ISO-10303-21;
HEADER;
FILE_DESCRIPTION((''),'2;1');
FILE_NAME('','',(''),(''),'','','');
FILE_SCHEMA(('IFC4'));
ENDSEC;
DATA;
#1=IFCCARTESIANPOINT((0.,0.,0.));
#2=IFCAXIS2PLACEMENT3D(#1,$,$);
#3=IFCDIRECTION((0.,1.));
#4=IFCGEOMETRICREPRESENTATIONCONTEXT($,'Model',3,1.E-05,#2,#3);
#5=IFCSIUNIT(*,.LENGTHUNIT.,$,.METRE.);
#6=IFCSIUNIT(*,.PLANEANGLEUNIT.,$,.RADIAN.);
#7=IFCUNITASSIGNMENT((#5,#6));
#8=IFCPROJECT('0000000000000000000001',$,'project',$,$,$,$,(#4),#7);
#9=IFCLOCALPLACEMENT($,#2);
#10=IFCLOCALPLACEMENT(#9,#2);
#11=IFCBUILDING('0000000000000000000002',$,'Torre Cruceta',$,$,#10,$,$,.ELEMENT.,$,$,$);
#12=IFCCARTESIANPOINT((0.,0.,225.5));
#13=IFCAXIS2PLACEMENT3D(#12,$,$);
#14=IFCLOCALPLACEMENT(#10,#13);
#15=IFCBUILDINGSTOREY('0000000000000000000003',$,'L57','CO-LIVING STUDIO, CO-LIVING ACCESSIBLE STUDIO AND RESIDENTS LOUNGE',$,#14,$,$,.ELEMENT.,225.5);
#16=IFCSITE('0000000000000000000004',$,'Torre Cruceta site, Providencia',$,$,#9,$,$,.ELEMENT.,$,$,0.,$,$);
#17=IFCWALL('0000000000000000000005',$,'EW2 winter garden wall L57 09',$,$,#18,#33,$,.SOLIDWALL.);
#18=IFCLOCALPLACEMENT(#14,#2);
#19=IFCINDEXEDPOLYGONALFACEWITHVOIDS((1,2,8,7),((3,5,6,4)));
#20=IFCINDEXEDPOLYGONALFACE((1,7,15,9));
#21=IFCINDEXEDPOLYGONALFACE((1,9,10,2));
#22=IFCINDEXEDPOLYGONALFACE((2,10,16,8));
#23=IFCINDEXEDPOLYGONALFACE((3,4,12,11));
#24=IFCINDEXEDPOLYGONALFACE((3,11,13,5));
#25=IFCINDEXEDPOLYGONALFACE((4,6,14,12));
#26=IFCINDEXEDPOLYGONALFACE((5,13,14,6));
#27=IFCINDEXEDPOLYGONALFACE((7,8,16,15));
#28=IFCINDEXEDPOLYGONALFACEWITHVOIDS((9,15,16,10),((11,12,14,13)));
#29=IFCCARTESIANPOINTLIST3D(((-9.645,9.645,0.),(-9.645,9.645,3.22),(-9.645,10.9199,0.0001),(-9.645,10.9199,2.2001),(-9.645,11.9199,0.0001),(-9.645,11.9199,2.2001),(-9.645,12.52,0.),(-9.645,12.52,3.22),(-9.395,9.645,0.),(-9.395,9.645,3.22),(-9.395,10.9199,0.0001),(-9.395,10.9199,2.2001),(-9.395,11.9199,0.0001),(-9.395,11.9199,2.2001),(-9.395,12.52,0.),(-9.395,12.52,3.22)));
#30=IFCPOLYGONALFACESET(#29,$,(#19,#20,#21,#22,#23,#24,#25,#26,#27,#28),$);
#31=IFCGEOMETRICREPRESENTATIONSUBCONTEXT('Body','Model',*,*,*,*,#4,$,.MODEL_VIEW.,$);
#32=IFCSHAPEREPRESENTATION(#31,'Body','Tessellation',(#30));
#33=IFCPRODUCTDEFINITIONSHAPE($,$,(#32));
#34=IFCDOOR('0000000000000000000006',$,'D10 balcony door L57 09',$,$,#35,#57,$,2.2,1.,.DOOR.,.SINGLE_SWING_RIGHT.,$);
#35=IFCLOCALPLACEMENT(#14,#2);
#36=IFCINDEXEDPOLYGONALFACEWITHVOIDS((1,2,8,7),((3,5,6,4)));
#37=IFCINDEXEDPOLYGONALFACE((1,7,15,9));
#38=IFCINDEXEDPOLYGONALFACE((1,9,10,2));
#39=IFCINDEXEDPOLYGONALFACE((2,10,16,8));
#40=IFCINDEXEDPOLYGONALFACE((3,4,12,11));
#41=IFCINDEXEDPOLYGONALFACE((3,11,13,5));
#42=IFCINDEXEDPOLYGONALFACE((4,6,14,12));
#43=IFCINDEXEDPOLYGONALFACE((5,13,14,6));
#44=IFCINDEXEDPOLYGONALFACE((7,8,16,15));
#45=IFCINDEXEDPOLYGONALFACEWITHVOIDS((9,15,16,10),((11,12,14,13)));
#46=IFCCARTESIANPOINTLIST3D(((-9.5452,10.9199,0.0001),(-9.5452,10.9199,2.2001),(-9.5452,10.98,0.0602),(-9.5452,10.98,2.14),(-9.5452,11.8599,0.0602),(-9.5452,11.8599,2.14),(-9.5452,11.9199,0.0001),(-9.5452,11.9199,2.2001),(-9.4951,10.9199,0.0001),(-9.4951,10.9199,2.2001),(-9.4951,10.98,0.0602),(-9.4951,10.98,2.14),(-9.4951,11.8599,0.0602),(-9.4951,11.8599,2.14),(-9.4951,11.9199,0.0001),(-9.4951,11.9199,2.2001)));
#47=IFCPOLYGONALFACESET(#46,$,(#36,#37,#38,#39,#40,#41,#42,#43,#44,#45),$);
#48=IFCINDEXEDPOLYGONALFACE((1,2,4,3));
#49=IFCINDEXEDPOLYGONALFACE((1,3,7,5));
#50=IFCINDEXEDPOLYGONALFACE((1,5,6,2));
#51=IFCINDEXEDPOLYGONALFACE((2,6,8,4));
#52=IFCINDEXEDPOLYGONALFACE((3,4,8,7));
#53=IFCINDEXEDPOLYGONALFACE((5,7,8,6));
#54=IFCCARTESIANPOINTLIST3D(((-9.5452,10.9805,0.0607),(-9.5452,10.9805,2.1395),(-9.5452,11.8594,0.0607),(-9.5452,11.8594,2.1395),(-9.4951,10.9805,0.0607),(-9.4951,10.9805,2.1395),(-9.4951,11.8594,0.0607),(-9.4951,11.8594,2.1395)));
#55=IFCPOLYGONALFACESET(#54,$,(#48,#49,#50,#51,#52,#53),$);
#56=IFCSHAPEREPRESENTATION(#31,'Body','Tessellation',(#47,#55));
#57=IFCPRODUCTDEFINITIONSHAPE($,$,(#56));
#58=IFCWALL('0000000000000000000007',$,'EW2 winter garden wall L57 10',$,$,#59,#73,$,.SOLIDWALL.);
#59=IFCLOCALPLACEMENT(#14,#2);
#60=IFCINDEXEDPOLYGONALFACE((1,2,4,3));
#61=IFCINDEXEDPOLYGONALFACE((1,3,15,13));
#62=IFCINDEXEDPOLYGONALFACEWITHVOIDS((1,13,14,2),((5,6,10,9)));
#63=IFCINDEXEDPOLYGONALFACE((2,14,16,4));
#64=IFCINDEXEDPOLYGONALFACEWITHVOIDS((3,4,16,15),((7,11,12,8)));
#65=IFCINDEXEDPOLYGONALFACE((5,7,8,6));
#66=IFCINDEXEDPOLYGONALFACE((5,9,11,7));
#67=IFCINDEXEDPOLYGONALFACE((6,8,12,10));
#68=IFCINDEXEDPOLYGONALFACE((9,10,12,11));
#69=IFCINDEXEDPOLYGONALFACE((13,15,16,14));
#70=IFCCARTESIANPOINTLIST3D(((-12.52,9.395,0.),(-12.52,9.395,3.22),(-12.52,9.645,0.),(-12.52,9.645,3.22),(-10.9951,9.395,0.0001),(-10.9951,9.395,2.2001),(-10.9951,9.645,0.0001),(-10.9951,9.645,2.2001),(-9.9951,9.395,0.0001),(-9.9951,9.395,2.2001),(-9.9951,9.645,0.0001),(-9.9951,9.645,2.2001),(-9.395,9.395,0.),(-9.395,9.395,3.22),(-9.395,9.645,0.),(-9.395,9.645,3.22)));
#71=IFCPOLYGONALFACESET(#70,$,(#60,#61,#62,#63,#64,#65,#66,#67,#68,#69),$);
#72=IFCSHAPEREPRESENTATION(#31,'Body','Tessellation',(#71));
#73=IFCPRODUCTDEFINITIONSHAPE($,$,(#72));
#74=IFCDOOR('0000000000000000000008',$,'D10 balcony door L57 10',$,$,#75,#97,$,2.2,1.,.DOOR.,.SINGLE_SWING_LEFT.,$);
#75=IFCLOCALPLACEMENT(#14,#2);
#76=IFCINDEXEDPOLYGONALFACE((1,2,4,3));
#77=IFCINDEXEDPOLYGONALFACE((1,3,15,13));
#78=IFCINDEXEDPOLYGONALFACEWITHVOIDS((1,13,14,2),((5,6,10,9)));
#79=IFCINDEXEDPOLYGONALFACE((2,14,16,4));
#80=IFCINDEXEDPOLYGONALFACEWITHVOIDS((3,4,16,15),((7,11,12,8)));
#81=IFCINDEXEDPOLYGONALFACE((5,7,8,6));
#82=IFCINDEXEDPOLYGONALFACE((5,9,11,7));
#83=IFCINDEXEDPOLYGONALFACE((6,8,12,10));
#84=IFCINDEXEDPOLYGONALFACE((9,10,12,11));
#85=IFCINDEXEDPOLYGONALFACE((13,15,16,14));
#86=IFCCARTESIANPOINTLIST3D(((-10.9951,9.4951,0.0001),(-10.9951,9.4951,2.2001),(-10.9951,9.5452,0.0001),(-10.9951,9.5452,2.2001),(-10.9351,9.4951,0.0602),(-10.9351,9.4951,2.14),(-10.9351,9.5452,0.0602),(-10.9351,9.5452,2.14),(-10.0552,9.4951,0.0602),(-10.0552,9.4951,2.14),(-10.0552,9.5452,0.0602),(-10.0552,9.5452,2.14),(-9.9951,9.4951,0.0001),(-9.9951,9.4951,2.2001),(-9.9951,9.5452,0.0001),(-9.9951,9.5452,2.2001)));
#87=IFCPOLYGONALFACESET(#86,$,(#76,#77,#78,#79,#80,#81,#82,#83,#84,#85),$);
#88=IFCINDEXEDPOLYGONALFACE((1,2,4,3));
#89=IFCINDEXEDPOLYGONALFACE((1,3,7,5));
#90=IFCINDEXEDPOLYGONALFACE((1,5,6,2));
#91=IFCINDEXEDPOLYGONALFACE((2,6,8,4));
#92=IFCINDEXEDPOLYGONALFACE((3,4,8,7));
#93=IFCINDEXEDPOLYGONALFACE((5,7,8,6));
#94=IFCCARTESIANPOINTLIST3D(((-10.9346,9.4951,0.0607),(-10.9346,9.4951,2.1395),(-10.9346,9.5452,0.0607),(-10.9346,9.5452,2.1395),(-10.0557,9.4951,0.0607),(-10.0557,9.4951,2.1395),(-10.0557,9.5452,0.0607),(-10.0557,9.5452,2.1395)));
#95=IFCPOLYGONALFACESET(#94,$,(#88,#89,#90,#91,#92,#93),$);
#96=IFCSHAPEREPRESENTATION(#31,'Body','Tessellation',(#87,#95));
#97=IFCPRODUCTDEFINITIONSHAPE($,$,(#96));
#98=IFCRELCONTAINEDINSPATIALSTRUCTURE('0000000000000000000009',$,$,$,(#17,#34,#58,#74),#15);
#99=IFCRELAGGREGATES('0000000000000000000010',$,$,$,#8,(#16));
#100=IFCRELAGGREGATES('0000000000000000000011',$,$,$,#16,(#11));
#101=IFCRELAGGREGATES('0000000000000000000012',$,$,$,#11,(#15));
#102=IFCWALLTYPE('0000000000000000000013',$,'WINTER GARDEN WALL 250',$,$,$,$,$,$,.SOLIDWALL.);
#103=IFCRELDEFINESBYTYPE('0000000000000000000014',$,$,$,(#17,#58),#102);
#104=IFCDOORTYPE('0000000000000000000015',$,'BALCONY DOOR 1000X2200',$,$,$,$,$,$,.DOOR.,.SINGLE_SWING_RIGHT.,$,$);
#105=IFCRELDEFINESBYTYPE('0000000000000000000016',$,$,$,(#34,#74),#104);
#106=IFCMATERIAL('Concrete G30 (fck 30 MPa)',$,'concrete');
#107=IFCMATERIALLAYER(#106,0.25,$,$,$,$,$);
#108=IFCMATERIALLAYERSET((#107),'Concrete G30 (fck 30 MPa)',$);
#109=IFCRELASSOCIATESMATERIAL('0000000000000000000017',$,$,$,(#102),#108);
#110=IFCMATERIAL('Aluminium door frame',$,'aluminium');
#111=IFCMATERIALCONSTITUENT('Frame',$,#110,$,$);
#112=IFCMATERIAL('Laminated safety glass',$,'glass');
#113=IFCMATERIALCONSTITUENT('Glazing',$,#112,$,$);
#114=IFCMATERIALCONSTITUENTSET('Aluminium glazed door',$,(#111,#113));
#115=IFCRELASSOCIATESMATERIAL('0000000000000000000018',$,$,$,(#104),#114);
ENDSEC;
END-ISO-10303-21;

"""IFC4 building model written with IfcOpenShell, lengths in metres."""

from ifc_helpers import new_model, si_unit, direction, frame, frame_2d, origin, place, context, subcontext, project, spatial, rectangle, hollow_rectangle, extrude, material, layer, layer_set, constituent, constituent_set, type_object, element, fill, save


model = new_model("IFC4")

# Units and contexts
model_context = context("Model", 3, precision=1e-05, world=origin(), true_north=direction((0.0, 1.0)))
body_context = subcontext(model_context, "Body", "Model", "MODEL_VIEW")
ifc_project = project(units=[si_unit("LENGTHUNIT", "METRE"), si_unit("PLANEANGLEUNIT", "RADIAN")], contexts=[model_context])

# Site, building, storey
site_placement = place(None, origin())
site = spatial("IfcSite", under=ifc_project, at=site_placement, Name="Torre Cruceta site, Providencia", CompositionType="ELEMENT", RefElevation=0.0)
building_placement = place(site_placement, origin())
building = spatial("IfcBuilding", under=site, at=building_placement, Name="Torre Cruceta", CompositionType="ELEMENT")
storey_placement = place(building_placement, frame((0.0, 0.0, 225.5)))
storey = spatial("IfcBuildingStorey", under=building, at=storey_placement, Name="L57", Description="CO-LIVING STUDIO, CO-LIVING ACCESSIBLE STUDIO AND RESIDENTS LOUNGE", CompositionType="ELEMENT", Elevation=225.5)

# Walls, openings, doors
ifc_material_1 = material(Name="Concrete G30 (fck 30 MPa)", Category="concrete")
ifc_layer_1 = layer(ifc_material_1, 0.25)
ifc_layer_set_1 = layer_set([ifc_layer_1], Name="Concrete G30 (fck 30 MPa)")
wall_type_1 = type_object("IfcWallType", Name="WINTER GARDEN WALL 250", PredefinedType="SOLIDWALL", material=ifc_layer_set_1)
wall_1_placement = place(storey_placement, frame((-9.52, 12.52, 0.0), z_axis=(0.0, 0.0, 1.0), x_axis=(0.0, -1.0, 0.0)))
wall_1 = element("IfcWall", 1, at=wall_1_placement, inside=storey, type_object=wall_type_1, Name="EW2 winter garden wall L57 09", PredefinedType="SOLIDWALL", context=body_context, shape_type="SweptSolid", body=[
    extrude(rectangle(XDim=2.875, YDim=0.25, at=frame_2d((1.4375, 0.0))), origin(), (0.0, 0.0, 1.0), 3.22),
])
opening_1_placement = place(wall_1_placement, frame((0.6001, 0.0, 0.0)))
opening_1 = element("IfcOpeningElement", 2, at=opening_1_placement, cuts=wall_1, PredefinedType="OPENING", context=body_context, shape_type="SweptSolid", body=[
    extrude(rectangle(XDim=1.0, YDim=2.2, at=frame_2d((0.5, 1.1001))), frame((0.0, 0.135, 0.0), z_axis=(0.0, -1.0, 0.0), x_axis=(1.0, 0.0, 0.0)), (0.0, 0.0, 1.0), 0.27),
])
ifc_material_2 = material(Name="Aluminium door frame", Category="aluminium")
ifc_constituent_1 = constituent(ifc_material_2, Name="Frame")
ifc_material_3 = material(Name="Laminated safety glass", Category="glass")
ifc_constituent_2 = constituent(ifc_material_3, Name="Glazing")
ifc_constituent_set_1 = constituent_set(constituents=[ifc_constituent_1, ifc_constituent_2], Name="Aluminium glazed door")
door_type_1 = type_object("IfcDoorType", Name="BALCONY DOOR 1000X2200", OperationType="SINGLE_SWING_RIGHT", PredefinedType="DOOR", material=ifc_constituent_set_1)
door_1_placement = place(opening_1_placement, origin())
door_1 = element("IfcDoor", 3, at=door_1_placement, inside=storey, type_object=door_type_1, Name="D10 balcony door L57 09", OperationType="SINGLE_SWING_RIGHT", OverallHeight=2.2, OverallWidth=1.0, PredefinedType="DOOR", context=body_context, shape_type="SweptSolid", body=[
    extrude(hollow_rectangle(XDim=1.0, YDim=2.2, WallThickness=0.0601, at=frame_2d((0.5, 1.1001))), frame((0.0, 0.0249, 0.0), z_axis=(0.0, -1.0, 0.0), x_axis=(1.0, 0.0, 0.0)), (0.0, 0.0, 1.0), 0.05),
    extrude(rectangle(XDim=0.8789, YDim=2.0789, at=frame_2d((0.5, 1.1001))), frame((0.0, 0.0249, 0.0), z_axis=(0.0, -1.0, 0.0), x_axis=(1.0, 0.0, 0.0)), (0.0, 0.0, 1.0), 0.05),
])
fill(opening_1, door_1)
wall_2_placement = place(storey_placement, frame((-9.395, 9.52, 0.0), z_axis=(0.0, 0.0, 1.0), x_axis=(-1.0, 0.0, 0.0)))
wall_2 = element("IfcWall", 4, at=wall_2_placement, inside=storey, type_object=wall_type_1, Name="EW2 winter garden wall L57 10", PredefinedType="SOLIDWALL", context=body_context, shape_type="SweptSolid", body=[
    extrude(rectangle(XDim=3.125, YDim=0.25, at=frame_2d((1.5625, 0.0))), origin(), (0.0, 0.0, 1.0), 3.22),
])
opening_2_placement = place(wall_2_placement, frame((0.6001, 0.0, 0.0)))
opening_2 = element("IfcOpeningElement", 5, at=opening_2_placement, cuts=wall_2, PredefinedType="OPENING", context=body_context, shape_type="SweptSolid", body=[
    extrude(rectangle(XDim=1.0, YDim=2.2, at=frame_2d((0.5, 1.1001))), frame((0.0, 0.135, 0.0), z_axis=(0.0, -1.0, 0.0), x_axis=(1.0, 0.0, 0.0)), (0.0, 0.0, 1.0), 0.27),
])
door_2_placement = place(opening_2_placement, origin())
door_2 = element("IfcDoor", 6, at=door_2_placement, inside=storey, type_object=door_type_1, Name="D10 balcony door L57 10", OperationType="SINGLE_SWING_LEFT", OverallHeight=2.2, OverallWidth=1.0, PredefinedType="DOOR", context=body_context, shape_type="SweptSolid", body=[
    extrude(hollow_rectangle(XDim=1.0, YDim=2.2, WallThickness=0.0601, at=frame_2d((0.5, 1.1001))), frame((0.0, 0.0249, 0.0), z_axis=(0.0, -1.0, 0.0), x_axis=(1.0, 0.0, 0.0)), (0.0, 0.0, 1.0), 0.05),
    extrude(rectangle(XDim=0.8789, YDim=2.0789, at=frame_2d((0.5, 1.1001))), frame((0.0, 0.0249, 0.0), z_axis=(0.0, -1.0, 0.0), x_axis=(1.0, 0.0, 0.0)), (0.0, 0.0, 1.0), 0.05),
])
fill(opening_2, door_2)

save(model, "model.ifc")
